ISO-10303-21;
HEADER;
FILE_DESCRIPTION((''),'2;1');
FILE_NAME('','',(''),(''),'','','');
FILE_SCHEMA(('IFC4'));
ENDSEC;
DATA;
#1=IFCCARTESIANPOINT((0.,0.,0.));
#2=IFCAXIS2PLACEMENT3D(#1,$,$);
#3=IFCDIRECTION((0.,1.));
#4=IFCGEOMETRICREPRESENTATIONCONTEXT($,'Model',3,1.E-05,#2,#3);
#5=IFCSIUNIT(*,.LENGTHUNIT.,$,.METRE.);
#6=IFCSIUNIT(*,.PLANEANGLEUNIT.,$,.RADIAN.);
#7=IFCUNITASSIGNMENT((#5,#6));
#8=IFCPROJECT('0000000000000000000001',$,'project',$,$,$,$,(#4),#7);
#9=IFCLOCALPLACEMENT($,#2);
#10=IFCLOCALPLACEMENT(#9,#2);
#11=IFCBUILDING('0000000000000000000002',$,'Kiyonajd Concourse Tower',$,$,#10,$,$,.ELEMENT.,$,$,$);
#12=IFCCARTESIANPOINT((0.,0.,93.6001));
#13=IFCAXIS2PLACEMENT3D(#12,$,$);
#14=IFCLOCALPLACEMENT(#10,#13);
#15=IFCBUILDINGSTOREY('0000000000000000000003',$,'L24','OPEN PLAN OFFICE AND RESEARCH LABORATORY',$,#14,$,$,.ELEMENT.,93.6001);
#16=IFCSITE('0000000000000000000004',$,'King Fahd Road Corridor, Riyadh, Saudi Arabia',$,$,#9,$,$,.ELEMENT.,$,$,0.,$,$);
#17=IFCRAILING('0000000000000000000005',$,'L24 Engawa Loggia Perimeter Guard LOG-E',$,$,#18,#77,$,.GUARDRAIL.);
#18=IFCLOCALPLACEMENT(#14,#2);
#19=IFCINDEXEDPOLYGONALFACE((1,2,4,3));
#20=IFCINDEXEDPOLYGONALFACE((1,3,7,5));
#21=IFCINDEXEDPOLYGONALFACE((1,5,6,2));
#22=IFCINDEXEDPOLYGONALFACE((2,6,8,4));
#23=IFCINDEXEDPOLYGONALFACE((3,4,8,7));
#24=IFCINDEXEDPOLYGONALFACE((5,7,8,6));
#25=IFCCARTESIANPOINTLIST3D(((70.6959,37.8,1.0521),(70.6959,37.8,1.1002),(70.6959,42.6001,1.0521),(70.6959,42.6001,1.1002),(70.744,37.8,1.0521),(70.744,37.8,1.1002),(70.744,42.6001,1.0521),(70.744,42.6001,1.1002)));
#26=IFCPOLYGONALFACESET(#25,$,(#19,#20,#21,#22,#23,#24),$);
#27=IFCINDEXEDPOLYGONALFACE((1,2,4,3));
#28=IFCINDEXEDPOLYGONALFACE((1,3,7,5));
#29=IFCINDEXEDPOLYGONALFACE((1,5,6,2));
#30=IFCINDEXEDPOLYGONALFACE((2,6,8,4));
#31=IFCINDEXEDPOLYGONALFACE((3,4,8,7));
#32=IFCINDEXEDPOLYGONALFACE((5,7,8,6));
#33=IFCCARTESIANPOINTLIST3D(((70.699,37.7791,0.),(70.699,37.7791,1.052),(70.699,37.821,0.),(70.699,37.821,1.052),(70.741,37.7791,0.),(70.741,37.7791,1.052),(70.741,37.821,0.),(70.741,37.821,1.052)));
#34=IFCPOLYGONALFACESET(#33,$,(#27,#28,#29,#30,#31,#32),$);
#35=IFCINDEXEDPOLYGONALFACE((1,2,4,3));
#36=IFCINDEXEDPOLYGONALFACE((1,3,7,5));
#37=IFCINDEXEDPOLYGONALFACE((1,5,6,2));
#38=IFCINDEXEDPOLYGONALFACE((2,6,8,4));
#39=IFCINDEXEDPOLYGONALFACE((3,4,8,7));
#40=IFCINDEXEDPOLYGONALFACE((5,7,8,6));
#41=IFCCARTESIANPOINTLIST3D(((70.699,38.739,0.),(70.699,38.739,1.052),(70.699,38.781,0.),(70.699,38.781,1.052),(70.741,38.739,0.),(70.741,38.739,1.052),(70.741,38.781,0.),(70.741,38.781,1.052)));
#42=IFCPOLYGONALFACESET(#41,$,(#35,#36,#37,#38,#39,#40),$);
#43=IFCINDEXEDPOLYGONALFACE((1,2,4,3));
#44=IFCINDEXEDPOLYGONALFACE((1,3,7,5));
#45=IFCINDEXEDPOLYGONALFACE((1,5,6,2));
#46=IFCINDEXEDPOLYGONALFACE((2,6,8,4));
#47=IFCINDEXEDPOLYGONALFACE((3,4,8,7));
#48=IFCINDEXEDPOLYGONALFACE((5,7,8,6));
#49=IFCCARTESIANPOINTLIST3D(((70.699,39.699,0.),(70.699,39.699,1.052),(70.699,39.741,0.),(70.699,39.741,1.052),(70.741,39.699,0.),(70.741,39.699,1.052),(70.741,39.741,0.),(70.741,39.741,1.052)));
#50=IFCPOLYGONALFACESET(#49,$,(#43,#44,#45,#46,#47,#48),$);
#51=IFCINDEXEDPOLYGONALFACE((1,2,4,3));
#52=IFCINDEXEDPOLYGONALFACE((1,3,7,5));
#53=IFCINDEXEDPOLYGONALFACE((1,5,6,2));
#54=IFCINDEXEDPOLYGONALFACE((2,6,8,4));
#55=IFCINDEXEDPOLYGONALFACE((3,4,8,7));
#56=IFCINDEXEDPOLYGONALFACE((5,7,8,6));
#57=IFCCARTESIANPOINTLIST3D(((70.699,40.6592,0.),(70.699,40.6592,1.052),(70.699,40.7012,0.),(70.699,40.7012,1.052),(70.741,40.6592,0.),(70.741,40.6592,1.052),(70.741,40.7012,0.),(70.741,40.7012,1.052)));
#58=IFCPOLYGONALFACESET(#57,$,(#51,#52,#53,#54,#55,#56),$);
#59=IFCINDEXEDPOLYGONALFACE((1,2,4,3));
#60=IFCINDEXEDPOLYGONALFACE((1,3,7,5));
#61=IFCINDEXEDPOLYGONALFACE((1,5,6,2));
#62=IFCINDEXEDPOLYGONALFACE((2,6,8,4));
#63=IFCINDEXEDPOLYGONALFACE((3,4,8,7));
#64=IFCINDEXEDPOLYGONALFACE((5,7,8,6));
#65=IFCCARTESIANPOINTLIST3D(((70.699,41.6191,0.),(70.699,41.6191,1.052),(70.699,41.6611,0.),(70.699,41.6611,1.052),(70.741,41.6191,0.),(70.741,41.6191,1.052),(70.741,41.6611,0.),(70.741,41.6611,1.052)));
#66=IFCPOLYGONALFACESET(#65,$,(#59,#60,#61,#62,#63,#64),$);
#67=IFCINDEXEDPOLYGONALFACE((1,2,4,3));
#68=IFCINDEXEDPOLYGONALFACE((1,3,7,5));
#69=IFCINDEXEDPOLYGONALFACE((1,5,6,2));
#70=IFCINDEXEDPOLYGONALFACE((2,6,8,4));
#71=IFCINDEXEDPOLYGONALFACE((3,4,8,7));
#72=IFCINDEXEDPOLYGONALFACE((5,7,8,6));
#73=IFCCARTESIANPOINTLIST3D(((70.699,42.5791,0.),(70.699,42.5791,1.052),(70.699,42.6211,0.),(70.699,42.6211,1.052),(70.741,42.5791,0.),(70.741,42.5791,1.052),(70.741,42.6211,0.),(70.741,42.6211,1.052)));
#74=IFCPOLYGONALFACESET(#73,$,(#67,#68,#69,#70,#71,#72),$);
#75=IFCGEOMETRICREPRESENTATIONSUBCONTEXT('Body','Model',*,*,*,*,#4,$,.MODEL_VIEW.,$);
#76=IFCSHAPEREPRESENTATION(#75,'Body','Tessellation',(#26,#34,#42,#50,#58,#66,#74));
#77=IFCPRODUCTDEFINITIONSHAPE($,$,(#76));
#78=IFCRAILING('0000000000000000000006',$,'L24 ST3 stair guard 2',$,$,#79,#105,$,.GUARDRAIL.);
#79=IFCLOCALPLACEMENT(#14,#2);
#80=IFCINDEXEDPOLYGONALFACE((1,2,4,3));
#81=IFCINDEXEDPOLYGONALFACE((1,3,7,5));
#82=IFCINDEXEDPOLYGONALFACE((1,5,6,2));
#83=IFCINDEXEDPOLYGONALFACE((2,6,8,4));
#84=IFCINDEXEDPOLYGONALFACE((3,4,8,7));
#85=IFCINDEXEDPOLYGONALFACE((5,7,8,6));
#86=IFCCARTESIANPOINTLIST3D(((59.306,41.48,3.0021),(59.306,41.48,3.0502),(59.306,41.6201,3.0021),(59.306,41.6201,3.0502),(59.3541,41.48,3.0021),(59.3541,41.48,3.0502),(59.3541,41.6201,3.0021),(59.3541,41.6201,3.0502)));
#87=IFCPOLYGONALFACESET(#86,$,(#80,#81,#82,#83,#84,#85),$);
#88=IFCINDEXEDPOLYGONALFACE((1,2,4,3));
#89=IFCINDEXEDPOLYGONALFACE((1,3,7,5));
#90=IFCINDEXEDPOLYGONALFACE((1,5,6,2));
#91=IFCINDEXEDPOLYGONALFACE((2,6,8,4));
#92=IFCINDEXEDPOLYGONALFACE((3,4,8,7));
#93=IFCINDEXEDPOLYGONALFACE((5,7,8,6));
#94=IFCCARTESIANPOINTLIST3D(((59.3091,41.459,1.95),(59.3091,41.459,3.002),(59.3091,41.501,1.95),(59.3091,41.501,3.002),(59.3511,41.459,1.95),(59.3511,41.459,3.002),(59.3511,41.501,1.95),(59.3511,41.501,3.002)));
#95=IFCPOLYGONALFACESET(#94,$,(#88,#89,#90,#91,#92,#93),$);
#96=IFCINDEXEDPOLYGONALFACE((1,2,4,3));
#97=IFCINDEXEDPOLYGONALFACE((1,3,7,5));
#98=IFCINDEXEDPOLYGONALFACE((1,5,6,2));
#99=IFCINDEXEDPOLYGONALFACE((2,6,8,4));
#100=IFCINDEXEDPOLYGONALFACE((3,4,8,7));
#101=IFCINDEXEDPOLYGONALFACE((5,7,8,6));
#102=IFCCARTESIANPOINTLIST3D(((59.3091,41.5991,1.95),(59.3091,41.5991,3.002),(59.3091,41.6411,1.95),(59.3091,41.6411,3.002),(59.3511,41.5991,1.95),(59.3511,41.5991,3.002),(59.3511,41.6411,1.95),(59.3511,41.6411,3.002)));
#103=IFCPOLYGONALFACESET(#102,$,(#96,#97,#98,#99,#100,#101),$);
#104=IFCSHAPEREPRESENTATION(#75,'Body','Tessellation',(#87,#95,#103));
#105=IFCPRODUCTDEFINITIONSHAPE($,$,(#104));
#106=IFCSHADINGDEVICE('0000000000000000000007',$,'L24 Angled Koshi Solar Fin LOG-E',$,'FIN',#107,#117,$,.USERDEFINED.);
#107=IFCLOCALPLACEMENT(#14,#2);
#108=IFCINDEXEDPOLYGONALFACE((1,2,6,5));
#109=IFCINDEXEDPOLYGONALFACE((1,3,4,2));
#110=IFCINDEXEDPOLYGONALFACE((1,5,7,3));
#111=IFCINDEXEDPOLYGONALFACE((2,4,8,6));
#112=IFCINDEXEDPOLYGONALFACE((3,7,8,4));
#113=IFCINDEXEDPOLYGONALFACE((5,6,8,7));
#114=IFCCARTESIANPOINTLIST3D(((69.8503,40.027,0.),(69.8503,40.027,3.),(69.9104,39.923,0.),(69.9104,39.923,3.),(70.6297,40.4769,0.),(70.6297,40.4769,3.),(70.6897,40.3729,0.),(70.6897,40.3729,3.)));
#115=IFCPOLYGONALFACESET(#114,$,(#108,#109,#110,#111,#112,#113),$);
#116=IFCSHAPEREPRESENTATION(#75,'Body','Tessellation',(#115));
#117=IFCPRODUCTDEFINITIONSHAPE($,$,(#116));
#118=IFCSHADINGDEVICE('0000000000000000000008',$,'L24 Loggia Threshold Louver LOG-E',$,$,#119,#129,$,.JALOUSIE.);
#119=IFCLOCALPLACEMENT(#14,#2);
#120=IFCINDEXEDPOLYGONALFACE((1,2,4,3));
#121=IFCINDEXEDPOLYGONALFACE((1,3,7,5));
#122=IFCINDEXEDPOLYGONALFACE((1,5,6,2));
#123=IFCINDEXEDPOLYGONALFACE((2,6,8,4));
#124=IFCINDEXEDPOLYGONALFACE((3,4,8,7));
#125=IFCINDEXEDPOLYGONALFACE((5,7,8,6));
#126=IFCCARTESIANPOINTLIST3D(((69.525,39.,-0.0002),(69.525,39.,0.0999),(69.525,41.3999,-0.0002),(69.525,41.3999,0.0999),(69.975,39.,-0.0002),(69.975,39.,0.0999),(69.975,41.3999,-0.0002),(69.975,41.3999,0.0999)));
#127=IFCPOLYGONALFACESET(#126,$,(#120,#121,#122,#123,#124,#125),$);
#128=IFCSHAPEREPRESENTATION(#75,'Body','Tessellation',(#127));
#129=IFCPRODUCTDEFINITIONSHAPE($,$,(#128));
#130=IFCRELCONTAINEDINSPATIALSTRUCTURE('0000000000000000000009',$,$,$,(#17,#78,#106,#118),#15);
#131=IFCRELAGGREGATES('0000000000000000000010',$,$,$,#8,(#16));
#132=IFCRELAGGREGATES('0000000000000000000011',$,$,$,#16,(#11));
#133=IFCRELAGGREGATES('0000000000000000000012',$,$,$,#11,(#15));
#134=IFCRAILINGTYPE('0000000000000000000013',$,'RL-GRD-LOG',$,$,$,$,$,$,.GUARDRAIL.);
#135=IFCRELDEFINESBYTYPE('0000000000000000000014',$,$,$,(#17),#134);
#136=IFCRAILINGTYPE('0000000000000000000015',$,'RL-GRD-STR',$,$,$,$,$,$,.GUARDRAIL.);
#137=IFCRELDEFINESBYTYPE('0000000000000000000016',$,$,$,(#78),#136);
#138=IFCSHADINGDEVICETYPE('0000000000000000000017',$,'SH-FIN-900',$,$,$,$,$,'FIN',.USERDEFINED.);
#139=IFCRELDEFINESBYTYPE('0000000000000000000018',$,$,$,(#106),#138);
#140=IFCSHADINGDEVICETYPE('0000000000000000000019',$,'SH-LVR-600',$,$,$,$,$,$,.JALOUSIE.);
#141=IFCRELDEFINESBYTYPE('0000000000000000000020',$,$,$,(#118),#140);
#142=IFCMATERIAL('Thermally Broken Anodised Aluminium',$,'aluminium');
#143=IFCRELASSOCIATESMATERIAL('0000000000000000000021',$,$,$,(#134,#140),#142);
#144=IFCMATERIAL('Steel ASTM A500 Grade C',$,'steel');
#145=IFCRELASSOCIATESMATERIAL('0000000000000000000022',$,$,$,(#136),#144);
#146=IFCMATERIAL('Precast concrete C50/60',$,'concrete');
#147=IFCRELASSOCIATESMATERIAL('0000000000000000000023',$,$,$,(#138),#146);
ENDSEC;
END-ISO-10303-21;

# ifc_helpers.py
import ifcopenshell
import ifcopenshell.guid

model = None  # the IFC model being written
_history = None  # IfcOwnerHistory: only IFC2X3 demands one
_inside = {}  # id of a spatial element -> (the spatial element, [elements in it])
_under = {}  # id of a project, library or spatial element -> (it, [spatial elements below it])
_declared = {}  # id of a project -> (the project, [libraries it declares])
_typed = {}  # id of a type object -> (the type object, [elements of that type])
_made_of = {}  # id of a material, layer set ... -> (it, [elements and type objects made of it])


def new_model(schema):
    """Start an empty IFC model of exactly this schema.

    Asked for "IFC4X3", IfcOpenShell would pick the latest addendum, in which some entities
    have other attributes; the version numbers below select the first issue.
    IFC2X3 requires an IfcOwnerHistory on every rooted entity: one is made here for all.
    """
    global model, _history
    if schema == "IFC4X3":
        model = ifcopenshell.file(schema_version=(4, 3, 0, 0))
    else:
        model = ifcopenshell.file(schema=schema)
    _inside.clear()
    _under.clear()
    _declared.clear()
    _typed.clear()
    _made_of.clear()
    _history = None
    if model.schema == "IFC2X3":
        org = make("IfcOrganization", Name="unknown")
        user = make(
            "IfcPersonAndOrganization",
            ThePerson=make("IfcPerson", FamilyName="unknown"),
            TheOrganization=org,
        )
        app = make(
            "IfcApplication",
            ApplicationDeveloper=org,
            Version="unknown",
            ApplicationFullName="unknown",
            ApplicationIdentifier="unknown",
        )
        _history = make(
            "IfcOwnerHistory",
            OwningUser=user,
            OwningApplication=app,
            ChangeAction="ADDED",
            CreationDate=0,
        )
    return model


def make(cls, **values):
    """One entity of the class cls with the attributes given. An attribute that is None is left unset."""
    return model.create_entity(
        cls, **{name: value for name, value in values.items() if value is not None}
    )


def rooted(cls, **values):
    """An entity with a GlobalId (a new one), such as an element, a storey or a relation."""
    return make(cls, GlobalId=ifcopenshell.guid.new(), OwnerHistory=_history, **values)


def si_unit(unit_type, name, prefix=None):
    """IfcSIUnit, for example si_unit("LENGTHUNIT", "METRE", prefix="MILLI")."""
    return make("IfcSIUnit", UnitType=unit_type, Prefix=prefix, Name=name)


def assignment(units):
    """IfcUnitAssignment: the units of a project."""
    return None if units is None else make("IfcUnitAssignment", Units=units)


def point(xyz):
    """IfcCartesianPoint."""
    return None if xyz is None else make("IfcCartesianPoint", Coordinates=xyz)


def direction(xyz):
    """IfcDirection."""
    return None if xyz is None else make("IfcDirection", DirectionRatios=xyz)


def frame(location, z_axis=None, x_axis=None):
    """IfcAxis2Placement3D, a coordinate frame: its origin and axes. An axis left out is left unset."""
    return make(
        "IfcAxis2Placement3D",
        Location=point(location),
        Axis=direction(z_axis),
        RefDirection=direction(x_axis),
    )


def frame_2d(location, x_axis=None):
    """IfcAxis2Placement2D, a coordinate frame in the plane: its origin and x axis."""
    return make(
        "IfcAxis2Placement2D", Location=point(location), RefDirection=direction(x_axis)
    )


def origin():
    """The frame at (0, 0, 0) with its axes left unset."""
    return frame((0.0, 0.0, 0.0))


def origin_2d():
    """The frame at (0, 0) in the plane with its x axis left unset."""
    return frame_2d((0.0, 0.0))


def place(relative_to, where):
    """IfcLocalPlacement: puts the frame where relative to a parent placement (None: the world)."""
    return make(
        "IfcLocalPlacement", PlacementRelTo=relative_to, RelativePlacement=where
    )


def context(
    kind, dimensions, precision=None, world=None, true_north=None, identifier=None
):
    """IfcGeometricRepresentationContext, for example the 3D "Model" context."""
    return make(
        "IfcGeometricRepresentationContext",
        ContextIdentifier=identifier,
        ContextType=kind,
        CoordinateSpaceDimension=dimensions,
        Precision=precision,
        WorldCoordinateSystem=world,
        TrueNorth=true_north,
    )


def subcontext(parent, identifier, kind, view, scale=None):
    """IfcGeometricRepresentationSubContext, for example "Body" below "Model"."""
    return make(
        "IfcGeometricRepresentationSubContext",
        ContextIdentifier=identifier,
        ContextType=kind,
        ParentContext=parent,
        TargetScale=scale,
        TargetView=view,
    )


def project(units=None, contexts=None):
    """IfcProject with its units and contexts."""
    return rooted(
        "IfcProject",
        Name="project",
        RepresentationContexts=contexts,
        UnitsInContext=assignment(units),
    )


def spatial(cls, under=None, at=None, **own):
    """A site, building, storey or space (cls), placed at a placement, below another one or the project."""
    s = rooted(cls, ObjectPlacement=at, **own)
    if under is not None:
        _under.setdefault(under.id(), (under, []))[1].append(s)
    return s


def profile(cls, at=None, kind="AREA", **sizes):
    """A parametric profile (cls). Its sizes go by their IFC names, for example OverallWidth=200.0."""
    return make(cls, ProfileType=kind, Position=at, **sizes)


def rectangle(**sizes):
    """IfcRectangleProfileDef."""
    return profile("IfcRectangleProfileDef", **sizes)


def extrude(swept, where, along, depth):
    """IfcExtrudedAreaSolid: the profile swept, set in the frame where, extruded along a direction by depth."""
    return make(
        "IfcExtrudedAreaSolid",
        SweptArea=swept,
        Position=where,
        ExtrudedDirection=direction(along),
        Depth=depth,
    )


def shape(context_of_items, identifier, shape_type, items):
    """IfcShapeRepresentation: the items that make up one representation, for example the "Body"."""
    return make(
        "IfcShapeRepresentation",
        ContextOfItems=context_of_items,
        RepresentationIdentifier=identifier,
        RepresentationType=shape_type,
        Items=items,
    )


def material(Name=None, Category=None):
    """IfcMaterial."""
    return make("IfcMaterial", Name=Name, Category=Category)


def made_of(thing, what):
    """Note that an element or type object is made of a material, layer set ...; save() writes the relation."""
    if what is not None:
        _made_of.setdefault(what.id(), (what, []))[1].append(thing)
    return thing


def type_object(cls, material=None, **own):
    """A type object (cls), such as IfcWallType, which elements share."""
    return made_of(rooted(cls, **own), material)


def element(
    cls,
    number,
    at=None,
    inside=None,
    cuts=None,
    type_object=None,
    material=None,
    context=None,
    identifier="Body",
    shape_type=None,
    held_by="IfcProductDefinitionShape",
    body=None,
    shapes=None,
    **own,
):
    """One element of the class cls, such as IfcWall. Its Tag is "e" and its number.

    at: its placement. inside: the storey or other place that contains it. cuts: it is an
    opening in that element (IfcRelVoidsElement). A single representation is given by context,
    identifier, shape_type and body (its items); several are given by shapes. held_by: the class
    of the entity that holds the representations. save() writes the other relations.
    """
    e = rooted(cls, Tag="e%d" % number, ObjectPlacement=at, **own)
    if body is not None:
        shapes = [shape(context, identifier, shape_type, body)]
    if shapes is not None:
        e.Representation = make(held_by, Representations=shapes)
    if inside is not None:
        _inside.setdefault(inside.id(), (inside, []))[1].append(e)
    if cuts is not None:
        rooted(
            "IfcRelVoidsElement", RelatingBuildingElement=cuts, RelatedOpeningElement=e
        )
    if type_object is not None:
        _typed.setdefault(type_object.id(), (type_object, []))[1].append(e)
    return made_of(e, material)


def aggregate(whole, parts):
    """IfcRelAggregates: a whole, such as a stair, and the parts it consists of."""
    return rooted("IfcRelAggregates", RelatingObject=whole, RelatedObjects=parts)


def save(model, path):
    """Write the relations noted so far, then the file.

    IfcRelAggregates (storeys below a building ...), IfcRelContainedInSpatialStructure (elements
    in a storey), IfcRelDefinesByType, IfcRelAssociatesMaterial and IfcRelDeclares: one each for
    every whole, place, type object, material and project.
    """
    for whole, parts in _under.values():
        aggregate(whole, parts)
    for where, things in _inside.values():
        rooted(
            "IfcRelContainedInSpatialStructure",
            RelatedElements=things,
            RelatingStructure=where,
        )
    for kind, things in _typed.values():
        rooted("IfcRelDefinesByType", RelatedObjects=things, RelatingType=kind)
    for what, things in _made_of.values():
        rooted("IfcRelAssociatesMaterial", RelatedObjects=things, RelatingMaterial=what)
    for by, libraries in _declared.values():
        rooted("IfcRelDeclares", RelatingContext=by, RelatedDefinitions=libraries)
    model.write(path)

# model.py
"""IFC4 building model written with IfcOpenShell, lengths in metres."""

from ifc_helpers import new_model, si_unit, direction, frame, origin, origin_2d, place, context, subcontext, project, spatial, rectangle, extrude, material, type_object, element, save


model = new_model("IFC4")

# Units and contexts
model_context = context("Model", 3, precision=1e-05, world=origin(), true_north=direction((0.0, 1.0)))
body_context = subcontext(model_context, "Body", "Model", "MODEL_VIEW")
ifc_project = project(units=[si_unit("LENGTHUNIT", "METRE"), si_unit("PLANEANGLEUNIT", "RADIAN")], contexts=[model_context])

# Site, building, storey
site_placement = place(None, origin())
site = spatial("IfcSite", under=ifc_project, at=site_placement, Name="King Fahd Road Corridor, Riyadh, Saudi Arabia", CompositionType="ELEMENT", RefElevation=0.0)
building_placement = place(site_placement, origin())
building = spatial("IfcBuilding", under=site, at=building_placement, Name="Kiyonajd Concourse Tower", CompositionType="ELEMENT")
storey_placement = place(building_placement, frame((0.0, 0.0, 93.6001)))
storey = spatial("IfcBuildingStorey", under=building, at=storey_placement, Name="L24", Description="OPEN PLAN OFFICE AND RESEARCH LABORATORY", CompositionType="ELEMENT", Elevation=93.6001)

# Shared definitions
ifc_material_1 = material(Name="Precast concrete C50/60", Category="concrete")

# Shared definitions
ifc_material_2 = material(Name="Thermally Broken Anodised Aluminium", Category="aluminium")

# Railings
railing_type_1 = type_object("IfcRailingType", Name="RL-GRD-LOG", PredefinedType="GUARDRAIL", material=ifc_material_2)
railing_1_placement = place(storey_placement, frame((70.72, 37.8, 0.0)))
element("IfcRailing", 1, at=railing_1_placement, inside=storey, type_object=railing_type_1, Name="L24 Engawa Loggia Perimeter Guard LOG-E", PredefinedType="GUARDRAIL", context=body_context, shape_type="SweptSolid", body=[
    extrude(rectangle(XDim=0.0481, YDim=0.0481, at=origin_2d()), frame((0.0, 0.0, 1.0762), z_axis=(0.0, 1.0, 0.0), x_axis=(-1.0, 0.0, 0.0)), (0.0, 0.0, 1.0), 4.8),
    extrude(rectangle(XDim=0.042, YDim=0.042, at=origin_2d()), origin(), (0.0, 0.0, 1.0), 1.052),
    extrude(rectangle(XDim=0.042, YDim=0.042, at=origin_2d()), frame((0.0, 0.96, 0.0)), (0.0, 0.0, 1.0), 1.052),
    extrude(rectangle(XDim=0.042, YDim=0.042, at=origin_2d()), frame((0.0, 1.9199, 0.0)), (0.0, 0.0, 1.0), 1.052),
    extrude(rectangle(XDim=0.042, YDim=0.042, at=origin_2d()), frame((0.0, 2.8801, 0.0)), (0.0, 0.0, 1.0), 1.052),
    extrude(rectangle(XDim=0.042, YDim=0.042, at=origin_2d()), frame((0.0, 3.8401, 0.0)), (0.0, 0.0, 1.0), 1.052),
    extrude(rectangle(XDim=0.042, YDim=0.042, at=origin_2d()), frame((0.0, 4.8, 0.0)), (0.0, 0.0, 1.0), 1.052),
])
ifc_material_3 = material(Name="Steel ASTM A500 Grade C", Category="steel")
railing_type_2 = type_object("IfcRailingType", Name="RL-GRD-STR", PredefinedType="GUARDRAIL", material=ifc_material_3)
railing_2_placement = place(storey_placement, frame((59.3301, 41.48, 1.95)))
element("IfcRailing", 2, at=railing_2_placement, inside=storey, type_object=railing_type_2, Name="L24 ST3 stair guard 2", PredefinedType="GUARDRAIL", context=body_context, shape_type="SweptSolid", body=[
    extrude(rectangle(XDim=0.0481, YDim=0.0481, at=origin_2d()), frame((0.0, 0.0, 1.0762), z_axis=(0.0, 1.0, 0.0), x_axis=(-1.0, 0.0, 0.0)), (0.0, 0.0, 1.0), 0.1401),
    extrude(rectangle(XDim=0.042, YDim=0.042, at=origin_2d()), origin(), (0.0, 0.0, 1.0), 1.052),
    extrude(rectangle(XDim=0.042, YDim=0.042, at=origin_2d()), frame((0.0, 0.1401, 0.0)), (0.0, 0.0, 1.0), 1.052),
])

# Shading devices
shading_device_type_1 = type_object("IfcShadingDeviceType", Name="SH-FIN-900", ElementType="FIN", PredefinedType="USERDEFINED", material=ifc_material_1)
shading_device_1_placement = place(storey_placement, frame((70.27, 40.2, 0.0), z_axis=(0.0, 0.0, 1.0), x_axis=(0.866025, 0.5, 0.0)))
element("IfcShadingDevice", 3, at=shading_device_1_placement, inside=storey, type_object=shading_device_type_1, Name="L24 Angled Koshi Solar Fin LOG-E", ObjectType="FIN", PredefinedType="USERDEFINED", context=body_context, shape_type="SweptSolid", body=[
    extrude(rectangle(XDim=0.8999, YDim=0.1201, at=origin_2d()), origin(), (0.0, 0.0, 1.0), 3.0),
])
shading_device_type_2 = type_object("IfcShadingDeviceType", Name="SH-LVR-600", PredefinedType="JALOUSIE", material=ifc_material_2)
shading_device_2_placement = place(storey_placement, frame((69.75, 40.2, -0.0002), z_axis=(0.0, 0.0, 1.0), x_axis=(0.0, 1.0, 0.0)))
element("IfcShadingDevice", 4, at=shading_device_2_placement, inside=storey, type_object=shading_device_type_2, Name="L24 Loggia Threshold Louver LOG-E", PredefinedType="JALOUSIE", context=body_context, shape_type="SweptSolid", body=[
    extrude(rectangle(XDim=2.3999, YDim=0.45, at=origin_2d()), origin(), (0.0, 0.0, 1.0), 0.1001),
])

save(model, "model.ifc")
